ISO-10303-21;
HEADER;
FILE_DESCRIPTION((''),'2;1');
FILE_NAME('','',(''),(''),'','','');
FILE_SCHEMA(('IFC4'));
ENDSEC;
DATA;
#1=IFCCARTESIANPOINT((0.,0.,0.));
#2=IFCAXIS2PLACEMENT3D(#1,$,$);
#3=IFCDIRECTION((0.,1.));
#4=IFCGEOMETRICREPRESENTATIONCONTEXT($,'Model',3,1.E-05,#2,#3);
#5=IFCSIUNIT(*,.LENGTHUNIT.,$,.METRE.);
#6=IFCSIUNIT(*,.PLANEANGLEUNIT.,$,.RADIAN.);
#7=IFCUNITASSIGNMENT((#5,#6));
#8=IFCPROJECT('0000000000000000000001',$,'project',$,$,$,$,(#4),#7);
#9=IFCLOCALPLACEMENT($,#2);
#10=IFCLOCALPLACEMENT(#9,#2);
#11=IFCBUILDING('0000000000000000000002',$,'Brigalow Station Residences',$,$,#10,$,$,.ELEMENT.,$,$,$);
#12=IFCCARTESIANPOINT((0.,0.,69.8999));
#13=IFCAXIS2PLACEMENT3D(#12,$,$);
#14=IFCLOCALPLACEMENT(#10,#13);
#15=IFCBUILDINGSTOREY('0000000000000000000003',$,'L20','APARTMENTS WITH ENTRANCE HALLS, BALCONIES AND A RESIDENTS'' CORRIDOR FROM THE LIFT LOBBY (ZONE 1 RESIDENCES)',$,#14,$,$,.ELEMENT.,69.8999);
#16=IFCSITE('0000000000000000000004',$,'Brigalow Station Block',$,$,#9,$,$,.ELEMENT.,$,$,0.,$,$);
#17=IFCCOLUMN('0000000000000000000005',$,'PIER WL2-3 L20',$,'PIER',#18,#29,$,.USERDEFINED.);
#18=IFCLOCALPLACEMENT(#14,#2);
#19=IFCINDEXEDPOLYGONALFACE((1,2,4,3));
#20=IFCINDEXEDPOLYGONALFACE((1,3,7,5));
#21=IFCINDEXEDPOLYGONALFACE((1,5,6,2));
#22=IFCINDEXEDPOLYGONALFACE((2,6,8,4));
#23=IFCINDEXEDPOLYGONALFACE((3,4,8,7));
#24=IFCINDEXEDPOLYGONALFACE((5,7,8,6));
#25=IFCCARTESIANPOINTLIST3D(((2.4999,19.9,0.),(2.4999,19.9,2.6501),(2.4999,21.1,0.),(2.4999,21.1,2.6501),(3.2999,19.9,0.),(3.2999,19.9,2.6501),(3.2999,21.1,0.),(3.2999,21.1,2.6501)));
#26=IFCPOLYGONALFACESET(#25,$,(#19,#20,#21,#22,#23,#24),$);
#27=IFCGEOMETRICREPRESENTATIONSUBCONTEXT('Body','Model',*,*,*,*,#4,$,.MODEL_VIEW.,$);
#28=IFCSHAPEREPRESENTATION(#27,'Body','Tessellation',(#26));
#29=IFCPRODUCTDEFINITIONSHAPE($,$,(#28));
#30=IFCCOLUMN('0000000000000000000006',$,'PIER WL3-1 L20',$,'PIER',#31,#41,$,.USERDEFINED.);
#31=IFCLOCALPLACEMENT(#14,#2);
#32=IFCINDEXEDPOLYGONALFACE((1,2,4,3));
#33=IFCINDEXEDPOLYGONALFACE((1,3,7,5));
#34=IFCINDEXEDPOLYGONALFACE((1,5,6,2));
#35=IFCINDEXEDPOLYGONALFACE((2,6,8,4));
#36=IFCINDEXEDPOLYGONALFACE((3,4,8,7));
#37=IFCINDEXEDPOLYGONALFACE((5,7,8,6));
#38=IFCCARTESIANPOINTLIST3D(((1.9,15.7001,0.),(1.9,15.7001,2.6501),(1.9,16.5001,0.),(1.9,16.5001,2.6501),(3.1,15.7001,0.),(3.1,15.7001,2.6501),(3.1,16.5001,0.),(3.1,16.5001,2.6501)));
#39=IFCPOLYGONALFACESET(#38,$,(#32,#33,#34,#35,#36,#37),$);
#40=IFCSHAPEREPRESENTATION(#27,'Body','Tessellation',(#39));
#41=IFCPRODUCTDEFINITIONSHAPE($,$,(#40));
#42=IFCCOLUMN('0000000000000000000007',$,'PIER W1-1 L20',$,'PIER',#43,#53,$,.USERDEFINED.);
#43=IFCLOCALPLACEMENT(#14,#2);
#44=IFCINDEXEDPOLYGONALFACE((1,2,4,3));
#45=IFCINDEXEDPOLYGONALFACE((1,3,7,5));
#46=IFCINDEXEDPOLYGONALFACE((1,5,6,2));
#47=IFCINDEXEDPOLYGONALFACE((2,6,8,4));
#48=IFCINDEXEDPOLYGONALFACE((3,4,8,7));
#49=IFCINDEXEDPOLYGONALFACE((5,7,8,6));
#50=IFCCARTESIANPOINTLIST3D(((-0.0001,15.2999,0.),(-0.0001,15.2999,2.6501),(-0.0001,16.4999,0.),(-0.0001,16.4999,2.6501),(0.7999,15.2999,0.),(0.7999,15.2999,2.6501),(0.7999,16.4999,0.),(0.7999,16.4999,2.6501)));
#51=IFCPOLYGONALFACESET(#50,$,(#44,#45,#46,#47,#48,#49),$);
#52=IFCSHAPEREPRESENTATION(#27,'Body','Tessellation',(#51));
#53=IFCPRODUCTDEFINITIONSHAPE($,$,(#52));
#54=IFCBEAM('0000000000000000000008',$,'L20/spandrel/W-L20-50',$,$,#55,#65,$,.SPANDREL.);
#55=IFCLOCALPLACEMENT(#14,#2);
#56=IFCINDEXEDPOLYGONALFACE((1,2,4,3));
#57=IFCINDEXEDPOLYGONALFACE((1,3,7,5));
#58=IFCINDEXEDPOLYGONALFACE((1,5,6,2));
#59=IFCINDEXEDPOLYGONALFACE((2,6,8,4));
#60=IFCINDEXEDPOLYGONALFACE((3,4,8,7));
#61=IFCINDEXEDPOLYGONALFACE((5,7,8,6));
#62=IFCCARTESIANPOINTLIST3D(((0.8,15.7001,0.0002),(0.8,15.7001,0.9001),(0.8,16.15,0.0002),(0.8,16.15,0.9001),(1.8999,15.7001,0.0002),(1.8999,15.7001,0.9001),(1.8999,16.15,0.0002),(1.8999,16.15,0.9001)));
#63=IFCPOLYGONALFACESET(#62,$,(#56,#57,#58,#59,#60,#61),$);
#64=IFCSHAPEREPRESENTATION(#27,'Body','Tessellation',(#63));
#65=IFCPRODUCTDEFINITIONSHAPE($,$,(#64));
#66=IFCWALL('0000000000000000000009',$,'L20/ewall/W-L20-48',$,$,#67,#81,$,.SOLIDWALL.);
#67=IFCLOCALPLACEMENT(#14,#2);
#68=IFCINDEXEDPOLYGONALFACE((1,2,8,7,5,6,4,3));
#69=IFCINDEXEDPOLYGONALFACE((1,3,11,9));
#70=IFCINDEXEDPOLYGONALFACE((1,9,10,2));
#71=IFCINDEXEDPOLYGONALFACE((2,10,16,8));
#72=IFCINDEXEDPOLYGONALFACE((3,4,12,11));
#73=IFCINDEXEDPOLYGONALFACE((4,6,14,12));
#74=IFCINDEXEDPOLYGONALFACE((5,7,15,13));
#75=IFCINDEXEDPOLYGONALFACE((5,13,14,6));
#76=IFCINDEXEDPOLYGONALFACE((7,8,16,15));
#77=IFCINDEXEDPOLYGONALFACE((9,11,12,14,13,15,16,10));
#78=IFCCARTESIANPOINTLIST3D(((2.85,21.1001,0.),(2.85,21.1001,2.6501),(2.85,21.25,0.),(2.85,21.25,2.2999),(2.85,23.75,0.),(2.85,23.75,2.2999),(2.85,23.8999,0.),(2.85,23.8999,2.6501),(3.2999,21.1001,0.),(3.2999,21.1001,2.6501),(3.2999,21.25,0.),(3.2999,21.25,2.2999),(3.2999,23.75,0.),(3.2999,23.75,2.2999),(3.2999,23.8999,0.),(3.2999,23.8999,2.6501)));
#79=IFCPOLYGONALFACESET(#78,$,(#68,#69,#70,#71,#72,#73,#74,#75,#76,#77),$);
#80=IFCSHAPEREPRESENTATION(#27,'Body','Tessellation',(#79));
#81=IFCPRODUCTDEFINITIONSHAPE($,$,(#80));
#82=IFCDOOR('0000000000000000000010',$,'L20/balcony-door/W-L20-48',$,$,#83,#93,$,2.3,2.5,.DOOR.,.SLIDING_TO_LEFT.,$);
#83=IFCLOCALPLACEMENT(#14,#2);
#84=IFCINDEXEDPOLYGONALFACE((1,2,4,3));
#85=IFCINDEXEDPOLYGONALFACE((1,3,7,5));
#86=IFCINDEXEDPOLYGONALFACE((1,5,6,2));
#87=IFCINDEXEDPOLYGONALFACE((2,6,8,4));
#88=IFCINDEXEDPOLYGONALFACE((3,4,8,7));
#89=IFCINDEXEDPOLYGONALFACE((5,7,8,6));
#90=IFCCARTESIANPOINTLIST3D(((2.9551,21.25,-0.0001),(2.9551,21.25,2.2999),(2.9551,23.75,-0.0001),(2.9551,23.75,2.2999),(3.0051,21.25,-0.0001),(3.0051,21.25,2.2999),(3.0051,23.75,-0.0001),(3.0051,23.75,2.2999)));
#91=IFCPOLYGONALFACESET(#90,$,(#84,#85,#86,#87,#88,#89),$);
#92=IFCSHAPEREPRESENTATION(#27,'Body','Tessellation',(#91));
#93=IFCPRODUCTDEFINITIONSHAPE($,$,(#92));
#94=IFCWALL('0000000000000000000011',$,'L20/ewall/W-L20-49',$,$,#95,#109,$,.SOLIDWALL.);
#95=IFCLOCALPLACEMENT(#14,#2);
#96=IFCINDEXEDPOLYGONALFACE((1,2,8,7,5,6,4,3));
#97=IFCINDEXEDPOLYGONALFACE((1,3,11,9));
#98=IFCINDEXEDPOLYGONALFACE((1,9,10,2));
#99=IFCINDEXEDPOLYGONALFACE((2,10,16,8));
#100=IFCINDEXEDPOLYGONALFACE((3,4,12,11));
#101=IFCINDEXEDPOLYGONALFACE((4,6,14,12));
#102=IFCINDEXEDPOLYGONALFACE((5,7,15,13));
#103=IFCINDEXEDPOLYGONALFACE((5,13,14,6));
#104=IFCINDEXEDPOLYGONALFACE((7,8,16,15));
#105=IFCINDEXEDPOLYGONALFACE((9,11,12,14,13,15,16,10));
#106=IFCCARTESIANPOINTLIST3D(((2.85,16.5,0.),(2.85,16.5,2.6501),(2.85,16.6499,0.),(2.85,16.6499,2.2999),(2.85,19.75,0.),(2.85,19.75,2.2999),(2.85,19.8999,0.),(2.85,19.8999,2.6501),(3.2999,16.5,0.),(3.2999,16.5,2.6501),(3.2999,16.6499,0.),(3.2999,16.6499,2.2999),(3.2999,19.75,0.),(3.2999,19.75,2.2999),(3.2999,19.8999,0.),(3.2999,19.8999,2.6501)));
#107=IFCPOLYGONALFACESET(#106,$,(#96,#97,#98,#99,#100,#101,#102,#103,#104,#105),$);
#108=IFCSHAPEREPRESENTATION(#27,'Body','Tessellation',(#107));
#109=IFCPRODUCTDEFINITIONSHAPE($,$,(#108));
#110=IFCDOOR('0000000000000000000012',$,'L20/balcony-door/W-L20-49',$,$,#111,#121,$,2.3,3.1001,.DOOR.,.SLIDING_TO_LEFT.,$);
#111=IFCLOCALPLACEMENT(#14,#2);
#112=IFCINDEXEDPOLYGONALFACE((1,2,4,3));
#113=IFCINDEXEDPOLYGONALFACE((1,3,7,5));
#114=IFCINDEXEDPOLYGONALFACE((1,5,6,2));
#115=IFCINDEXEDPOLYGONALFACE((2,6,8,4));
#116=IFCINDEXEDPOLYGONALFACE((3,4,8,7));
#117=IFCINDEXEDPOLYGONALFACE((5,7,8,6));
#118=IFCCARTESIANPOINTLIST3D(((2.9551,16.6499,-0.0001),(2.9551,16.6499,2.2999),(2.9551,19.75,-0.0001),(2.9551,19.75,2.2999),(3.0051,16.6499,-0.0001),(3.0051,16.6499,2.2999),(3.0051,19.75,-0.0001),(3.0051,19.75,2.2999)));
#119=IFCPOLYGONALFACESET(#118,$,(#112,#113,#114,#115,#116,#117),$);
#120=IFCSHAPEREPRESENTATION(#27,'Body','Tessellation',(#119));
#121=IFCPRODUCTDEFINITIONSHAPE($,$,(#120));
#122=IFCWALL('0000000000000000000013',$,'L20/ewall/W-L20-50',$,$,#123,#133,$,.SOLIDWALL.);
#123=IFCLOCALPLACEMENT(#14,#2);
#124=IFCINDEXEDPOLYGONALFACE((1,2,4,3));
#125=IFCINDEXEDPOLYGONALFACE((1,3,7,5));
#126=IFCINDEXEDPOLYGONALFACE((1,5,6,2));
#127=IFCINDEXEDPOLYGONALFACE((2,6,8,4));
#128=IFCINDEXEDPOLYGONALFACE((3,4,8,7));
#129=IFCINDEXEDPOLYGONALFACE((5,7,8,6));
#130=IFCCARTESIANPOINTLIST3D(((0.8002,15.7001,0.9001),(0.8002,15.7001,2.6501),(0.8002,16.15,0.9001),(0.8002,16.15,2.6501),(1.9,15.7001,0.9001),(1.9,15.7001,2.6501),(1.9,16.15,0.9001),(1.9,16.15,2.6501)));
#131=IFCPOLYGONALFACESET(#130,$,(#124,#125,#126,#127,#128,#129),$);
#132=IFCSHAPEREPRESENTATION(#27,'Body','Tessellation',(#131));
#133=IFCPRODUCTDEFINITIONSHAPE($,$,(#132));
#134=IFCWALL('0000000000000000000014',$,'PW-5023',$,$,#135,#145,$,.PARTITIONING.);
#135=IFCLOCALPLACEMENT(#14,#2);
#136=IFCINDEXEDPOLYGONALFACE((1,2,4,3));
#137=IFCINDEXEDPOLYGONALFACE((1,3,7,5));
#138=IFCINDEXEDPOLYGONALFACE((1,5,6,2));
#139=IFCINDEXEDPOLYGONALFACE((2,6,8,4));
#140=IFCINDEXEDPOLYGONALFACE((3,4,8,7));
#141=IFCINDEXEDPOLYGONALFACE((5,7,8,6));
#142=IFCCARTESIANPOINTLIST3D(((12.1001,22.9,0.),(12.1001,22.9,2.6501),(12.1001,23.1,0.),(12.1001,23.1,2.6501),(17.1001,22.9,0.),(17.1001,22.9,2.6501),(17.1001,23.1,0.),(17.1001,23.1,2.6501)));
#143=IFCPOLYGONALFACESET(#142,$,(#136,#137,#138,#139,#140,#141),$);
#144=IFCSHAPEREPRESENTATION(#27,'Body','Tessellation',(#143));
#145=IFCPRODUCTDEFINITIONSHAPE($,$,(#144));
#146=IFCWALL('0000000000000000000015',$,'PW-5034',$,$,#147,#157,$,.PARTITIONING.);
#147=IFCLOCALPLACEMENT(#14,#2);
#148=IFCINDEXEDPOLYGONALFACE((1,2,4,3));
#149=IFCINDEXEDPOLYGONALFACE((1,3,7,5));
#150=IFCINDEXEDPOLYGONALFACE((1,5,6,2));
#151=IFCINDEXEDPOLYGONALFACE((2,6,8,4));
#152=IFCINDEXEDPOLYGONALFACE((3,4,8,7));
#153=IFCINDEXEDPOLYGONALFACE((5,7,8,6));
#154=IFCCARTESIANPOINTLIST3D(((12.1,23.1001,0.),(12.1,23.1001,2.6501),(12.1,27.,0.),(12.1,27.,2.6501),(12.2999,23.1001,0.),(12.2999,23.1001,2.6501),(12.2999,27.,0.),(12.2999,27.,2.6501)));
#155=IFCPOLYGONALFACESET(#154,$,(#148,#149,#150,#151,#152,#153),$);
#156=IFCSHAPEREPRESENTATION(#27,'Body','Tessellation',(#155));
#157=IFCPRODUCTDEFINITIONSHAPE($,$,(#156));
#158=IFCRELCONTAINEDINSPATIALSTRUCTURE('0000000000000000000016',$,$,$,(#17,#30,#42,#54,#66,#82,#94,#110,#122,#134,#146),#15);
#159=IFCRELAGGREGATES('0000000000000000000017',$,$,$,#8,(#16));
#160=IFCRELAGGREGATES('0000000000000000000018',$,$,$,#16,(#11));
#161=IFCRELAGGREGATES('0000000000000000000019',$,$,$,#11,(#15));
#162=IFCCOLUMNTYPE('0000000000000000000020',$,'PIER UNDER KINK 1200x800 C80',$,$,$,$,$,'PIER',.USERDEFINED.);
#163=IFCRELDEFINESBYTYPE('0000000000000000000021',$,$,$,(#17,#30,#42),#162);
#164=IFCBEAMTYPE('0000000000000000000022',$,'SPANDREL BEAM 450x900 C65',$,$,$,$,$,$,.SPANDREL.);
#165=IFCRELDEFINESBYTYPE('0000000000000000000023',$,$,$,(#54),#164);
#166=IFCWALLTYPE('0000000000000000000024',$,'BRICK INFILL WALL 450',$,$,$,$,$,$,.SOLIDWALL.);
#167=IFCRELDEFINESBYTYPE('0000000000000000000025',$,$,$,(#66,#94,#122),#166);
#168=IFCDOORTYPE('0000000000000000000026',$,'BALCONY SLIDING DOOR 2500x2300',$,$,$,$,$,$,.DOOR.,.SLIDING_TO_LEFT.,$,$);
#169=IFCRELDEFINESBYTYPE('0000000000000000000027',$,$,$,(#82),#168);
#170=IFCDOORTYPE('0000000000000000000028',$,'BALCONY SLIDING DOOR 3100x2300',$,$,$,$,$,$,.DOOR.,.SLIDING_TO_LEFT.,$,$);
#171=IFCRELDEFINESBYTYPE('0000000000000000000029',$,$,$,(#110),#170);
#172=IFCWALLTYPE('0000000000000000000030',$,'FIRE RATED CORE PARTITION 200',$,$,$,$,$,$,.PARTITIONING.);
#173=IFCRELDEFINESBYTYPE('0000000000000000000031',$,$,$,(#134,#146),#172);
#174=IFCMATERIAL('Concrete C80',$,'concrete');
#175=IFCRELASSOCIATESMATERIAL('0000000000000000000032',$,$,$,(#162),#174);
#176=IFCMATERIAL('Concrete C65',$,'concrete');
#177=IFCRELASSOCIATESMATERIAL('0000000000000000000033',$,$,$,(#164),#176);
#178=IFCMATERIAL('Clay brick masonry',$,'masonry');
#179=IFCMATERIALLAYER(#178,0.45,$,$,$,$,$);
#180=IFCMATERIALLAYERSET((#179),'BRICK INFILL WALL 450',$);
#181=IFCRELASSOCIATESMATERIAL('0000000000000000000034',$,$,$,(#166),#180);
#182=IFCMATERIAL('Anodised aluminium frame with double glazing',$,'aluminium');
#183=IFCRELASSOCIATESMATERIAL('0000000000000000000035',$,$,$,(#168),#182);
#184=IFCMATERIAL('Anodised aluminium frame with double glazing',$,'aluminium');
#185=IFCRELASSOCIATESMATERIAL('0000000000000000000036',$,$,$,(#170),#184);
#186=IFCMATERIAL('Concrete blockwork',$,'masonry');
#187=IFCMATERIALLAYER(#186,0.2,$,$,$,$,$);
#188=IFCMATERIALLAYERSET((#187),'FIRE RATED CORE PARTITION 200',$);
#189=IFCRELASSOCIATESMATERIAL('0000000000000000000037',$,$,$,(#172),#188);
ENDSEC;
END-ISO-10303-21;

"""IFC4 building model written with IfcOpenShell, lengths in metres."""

from ifc_helpers import new_model, si_unit, direction, frame, frame_2d, origin, origin_2d, place, context, subcontext, project, spatial, rectangle, extrude, material, layer, layer_set, material_profile, profile_set, type_object, element, fill, save


model = new_model("IFC4")

# Units and contexts
model_context = context("Model", 3, precision=1e-05, world=origin(), true_north=direction((0.0, 1.0)))
body_context = subcontext(model_context, "Body", "Model", "MODEL_VIEW")
ifc_project = project(units=[si_unit("LENGTHUNIT", "METRE"), si_unit("PLANEANGLEUNIT", "RADIAN")], contexts=[model_context])

# Site, building, storey
site_placement = place(None, origin())
site = spatial("IfcSite", under=ifc_project, at=site_placement, Name="Brigalow Station Block", CompositionType="ELEMENT", RefElevation=0.0)
building_placement = place(site_placement, origin())
building = spatial("IfcBuilding", under=site, at=building_placement, Name="Brigalow Station Residences", CompositionType="ELEMENT")
storey_placement = place(building_placement, frame((0.0, 0.0, 69.8999)))
storey = spatial("IfcBuildingStorey", under=building, at=storey_placement, Name="L20", Description="APARTMENTS WITH ENTRANCE HALLS, BALCONIES AND A RESIDENTS' CORRIDOR FROM THE LIFT LOBBY (ZONE 1 RESIDENCES)", CompositionType="ELEMENT", Elevation=69.8999)

# Columns
ifc_material_1 = material(Name="Concrete C80", Category="concrete")
ifc_material_profile_1 = material_profile(ifc_material_1, rectangle(XDim=1.2, YDim=0.8, at=origin_2d()), Name="RC1200x800")
ifc_profile_set_1 = profile_set([ifc_material_profile_1], Name="Concrete C80")
column_type = type_object("IfcColumnType", Name="PIER UNDER KINK 1200x800 C80", ElementType="PIER", PredefinedType="USERDEFINED", material=ifc_profile_set_1)
for number, where, z_axis, x_axis, name in (
    (1, (2.8999, 20.5, 0.0), (0.0, 0.0, 1.0), (0.0, -1.0, 0.0), "PIER WL2-3 L20"),
    (2, (2.5, 16.1001, 0.0), (0.0, 0.0, 1.0), (-1.0, 0.0, 0.0), "PIER WL3-1 L20"),
    (3, (0.3999, 15.8999, 0.0), (0.0, 0.0, 1.0), (0.0, -1.0, 0.0), "PIER W1-1 L20"),
):
    element("IfcColumn", number, at=place(storey_placement, frame(where, z_axis=z_axis, x_axis=x_axis)), inside=storey, type_object=column_type, Name=name, ObjectType="PIER", PredefinedType="USERDEFINED", context=body_context, shape_type="SweptSolid", body=[
        extrude(rectangle(XDim=1.2, YDim=0.8, at=origin_2d()), origin(), (0.0, 0.0, 1.0), 2.6501),
    ])

# Beam
ifc_material_2 = material(Name="Concrete C65", Category="concrete")
ifc_material_profile_2 = material_profile(ifc_material_2, rectangle(XDim=0.45, YDim=0.8999, at=origin_2d()), Name="RC450x900")
ifc_profile_set_2 = profile_set([ifc_material_profile_2], Name="Concrete C65")
beam_type = type_object("IfcBeamType", Name="SPANDREL BEAM 450x900 C65", PredefinedType="SPANDREL", material=ifc_profile_set_2)
beam_placement = place(storey_placement, frame((1.8999, 15.925, 0.4502), z_axis=(-1.0, 0.0, 0.0), x_axis=(0.0, -1.0, 0.0)))
element("IfcBeam", 4, at=beam_placement, inside=storey, type_object=beam_type, Name="L20/spandrel/W-L20-50", PredefinedType="SPANDREL", context=body_context, shape_type="SweptSolid", body=[
    extrude(rectangle(XDim=0.45, YDim=0.8999, at=origin_2d()), origin(), (0.0, 0.0, 1.0), 1.0999),
])

# Walls, openings, doors
ifc_material_3 = material(Name="Clay brick masonry", Category="masonry")
ifc_layer_1 = layer(ifc_material_3, 0.45)
ifc_layer_set_1 = layer_set([ifc_layer_1], Name="BRICK INFILL WALL 450")
wall_type_1 = type_object("IfcWallType", Name="BRICK INFILL WALL 450", PredefinedType="SOLIDWALL", material=ifc_layer_set_1)
wall_1_placement = place(storey_placement, frame((3.075, 23.8999, 0.0), z_axis=(0.0, 0.0, 1.0), x_axis=(0.0, -1.0, 0.0)))
wall_1 = element("IfcWall", 5, at=wall_1_placement, inside=storey, type_object=wall_type_1, Name="L20/ewall/W-L20-48", PredefinedType="SOLIDWALL", context=body_context, shape_type="SweptSolid", body=[
    extrude(rectangle(XDim=2.7998, YDim=0.45, at=frame_2d((1.3999, 0.0))), origin(), (0.0, 0.0, 1.0), 2.6501),
])
opening_1_placement = place(wall_1_placement, frame((0.1499, 0.0, 0.0)))
opening_1 = element("IfcOpeningElement", 6, at=opening_1_placement, cuts=wall_1, PredefinedType="OPENING", context=body_context, shape_type="SweptSolid", body=[
    extrude(rectangle(XDim=2.5, YDim=2.3, at=frame_2d((1.25, 1.1499))), frame((0.0, 0.2349, 0.0), z_axis=(0.0, -1.0, 0.0), x_axis=(1.0, 0.0, 0.0)), (0.0, 0.0, 1.0), 0.47),
])
ifc_material_4 = material(Name="Anodised aluminium frame with double glazing", Category="aluminium")
door_type_1 = type_object("IfcDoorType", Name="BALCONY SLIDING DOOR 2500x2300", OperationType="SLIDING_TO_LEFT", PredefinedType="DOOR", material=ifc_material_4)
door_1_placement = place(opening_1_placement, origin())
door_1 = element("IfcDoor", 7, at=door_1_placement, inside=storey, type_object=door_type_1, Name="L20/balcony-door/W-L20-48", OperationType="SLIDING_TO_LEFT", OverallHeight=2.3, OverallWidth=2.5, PredefinedType="DOOR", context=body_context, shape_type="SweptSolid", body=[
    extrude(rectangle(XDim=2.5, YDim=2.3, at=frame_2d((1.25, 1.1499))), frame((0.0, -0.0698, 0.0), z_axis=(0.0, -1.0, 0.0), x_axis=(1.0, 0.0, 0.0)), (0.0, 0.0, 1.0), 0.05),
])
fill(opening_1, door_1)
wall_2_placement = place(storey_placement, frame((3.075, 19.8999, 0.0), z_axis=(0.0, 0.0, 1.0), x_axis=(0.0, -1.0, 0.0)))
wall_2 = element("IfcWall", 8, at=wall_2_placement, inside=storey, type_object=wall_type_1, Name="L20/ewall/W-L20-49", PredefinedType="SOLIDWALL", context=body_context, shape_type="SweptSolid", body=[
    extrude(rectangle(XDim=3.3999, YDim=0.45, at=frame_2d((1.7, 0.0))), origin(), (0.0, 0.0, 1.0), 2.6501),
])
opening_2_placement = place(wall_2_placement, frame((0.1499, 0.0, 0.0)))
opening_2 = element("IfcOpeningElement", 9, at=opening_2_placement, cuts=wall_2, PredefinedType="OPENING", context=body_context, shape_type="SweptSolid", body=[
    extrude(rectangle(XDim=3.1001, YDim=2.3, at=frame_2d((1.55, 1.1499))), frame((0.0, 0.2349, 0.0), z_axis=(0.0, -1.0, 0.0), x_axis=(1.0, 0.0, 0.0)), (0.0, 0.0, 1.0), 0.47),
])
ifc_material_5 = material(Name="Anodised aluminium frame with double glazing", Category="aluminium")
door_type_2 = type_object("IfcDoorType", Name="BALCONY SLIDING DOOR 3100x2300", OperationType="SLIDING_TO_LEFT", PredefinedType="DOOR", material=ifc_material_5)
door_2_placement = place(opening_2_placement, origin())
door_2 = element("IfcDoor", 10, at=door_2_placement, inside=storey, type_object=door_type_2, Name="L20/balcony-door/W-L20-49", OperationType="SLIDING_TO_LEFT", OverallHeight=2.3, OverallWidth=3.1001, PredefinedType="DOOR", context=body_context, shape_type="SweptSolid", body=[
    extrude(rectangle(XDim=3.1001, YDim=2.3, at=frame_2d((1.55, 1.1499))), frame((0.0, -0.0698, 0.0), z_axis=(0.0, -1.0, 0.0), x_axis=(1.0, 0.0, 0.0)), (0.0, 0.0, 1.0), 0.05),
])
fill(opening_2, door_2)

# Walls
wall_3_placement = place(storey_placement, frame((1.8999, 15.925, 0.9001), z_axis=(0.0, 0.0, 1.0), x_axis=(-1.0, 0.0, 0.0)))
element("IfcWall", 11, at=wall_3_placement, inside=storey, type_object=wall_type_1, Name="L20/ewall/W-L20-50", PredefinedType="SOLIDWALL", context=body_context, shape_type="SweptSolid", body=[
    extrude(rectangle(XDim=1.0999, YDim=0.45, at=frame_2d((0.5498, 0.0))), origin(), (0.0, 0.0, 1.0), 1.75),
])
ifc_material_6 = material(Name="Concrete blockwork", Category="masonry")
ifc_layer_2 = layer(ifc_material_6, 0.2)
ifc_layer_set_2 = layer_set([ifc_layer_2], Name="FIRE RATED CORE PARTITION 200")
wall_type_2 = type_object("IfcWallType", Name="FIRE RATED CORE PARTITION 200", PredefinedType="PARTITIONING", material=ifc_layer_set_2)
wall_4_placement = place(storey_placement, frame((12.1001, 23.0, 0.0), z_axis=(0.0, 0.0, 1.0), x_axis=(1.0, 0.0, 0.0)))
element("IfcWall", 12, at=wall_4_placement, inside=storey, type_object=wall_type_2, Name="PW-5023", PredefinedType="PARTITIONING", context=body_context, shape_type="SweptSolid", body=[
    extrude(rectangle(XDim=5.0, YDim=0.2, at=frame_2d((2.5, 0.0))), origin(), (0.0, 0.0, 1.0), 2.6501),
])
wall_5_placement = place(storey_placement, frame((12.2, 23.1001, 0.0), z_axis=(0.0, 0.0, 1.0), x_axis=(0.0, 1.0, 0.0)))
element("IfcWall", 13, at=wall_5_placement, inside=storey, type_object=wall_type_2, Name="PW-5034", PredefinedType="PARTITIONING", context=body_context, shape_type="SweptSolid", body=[
    extrude(rectangle(XDim=3.8999, YDim=0.2, at=frame_2d((1.95, 0.0))), origin(), (0.0, 0.0, 1.0), 2.6501),
])

save(model, "model.ifc")
